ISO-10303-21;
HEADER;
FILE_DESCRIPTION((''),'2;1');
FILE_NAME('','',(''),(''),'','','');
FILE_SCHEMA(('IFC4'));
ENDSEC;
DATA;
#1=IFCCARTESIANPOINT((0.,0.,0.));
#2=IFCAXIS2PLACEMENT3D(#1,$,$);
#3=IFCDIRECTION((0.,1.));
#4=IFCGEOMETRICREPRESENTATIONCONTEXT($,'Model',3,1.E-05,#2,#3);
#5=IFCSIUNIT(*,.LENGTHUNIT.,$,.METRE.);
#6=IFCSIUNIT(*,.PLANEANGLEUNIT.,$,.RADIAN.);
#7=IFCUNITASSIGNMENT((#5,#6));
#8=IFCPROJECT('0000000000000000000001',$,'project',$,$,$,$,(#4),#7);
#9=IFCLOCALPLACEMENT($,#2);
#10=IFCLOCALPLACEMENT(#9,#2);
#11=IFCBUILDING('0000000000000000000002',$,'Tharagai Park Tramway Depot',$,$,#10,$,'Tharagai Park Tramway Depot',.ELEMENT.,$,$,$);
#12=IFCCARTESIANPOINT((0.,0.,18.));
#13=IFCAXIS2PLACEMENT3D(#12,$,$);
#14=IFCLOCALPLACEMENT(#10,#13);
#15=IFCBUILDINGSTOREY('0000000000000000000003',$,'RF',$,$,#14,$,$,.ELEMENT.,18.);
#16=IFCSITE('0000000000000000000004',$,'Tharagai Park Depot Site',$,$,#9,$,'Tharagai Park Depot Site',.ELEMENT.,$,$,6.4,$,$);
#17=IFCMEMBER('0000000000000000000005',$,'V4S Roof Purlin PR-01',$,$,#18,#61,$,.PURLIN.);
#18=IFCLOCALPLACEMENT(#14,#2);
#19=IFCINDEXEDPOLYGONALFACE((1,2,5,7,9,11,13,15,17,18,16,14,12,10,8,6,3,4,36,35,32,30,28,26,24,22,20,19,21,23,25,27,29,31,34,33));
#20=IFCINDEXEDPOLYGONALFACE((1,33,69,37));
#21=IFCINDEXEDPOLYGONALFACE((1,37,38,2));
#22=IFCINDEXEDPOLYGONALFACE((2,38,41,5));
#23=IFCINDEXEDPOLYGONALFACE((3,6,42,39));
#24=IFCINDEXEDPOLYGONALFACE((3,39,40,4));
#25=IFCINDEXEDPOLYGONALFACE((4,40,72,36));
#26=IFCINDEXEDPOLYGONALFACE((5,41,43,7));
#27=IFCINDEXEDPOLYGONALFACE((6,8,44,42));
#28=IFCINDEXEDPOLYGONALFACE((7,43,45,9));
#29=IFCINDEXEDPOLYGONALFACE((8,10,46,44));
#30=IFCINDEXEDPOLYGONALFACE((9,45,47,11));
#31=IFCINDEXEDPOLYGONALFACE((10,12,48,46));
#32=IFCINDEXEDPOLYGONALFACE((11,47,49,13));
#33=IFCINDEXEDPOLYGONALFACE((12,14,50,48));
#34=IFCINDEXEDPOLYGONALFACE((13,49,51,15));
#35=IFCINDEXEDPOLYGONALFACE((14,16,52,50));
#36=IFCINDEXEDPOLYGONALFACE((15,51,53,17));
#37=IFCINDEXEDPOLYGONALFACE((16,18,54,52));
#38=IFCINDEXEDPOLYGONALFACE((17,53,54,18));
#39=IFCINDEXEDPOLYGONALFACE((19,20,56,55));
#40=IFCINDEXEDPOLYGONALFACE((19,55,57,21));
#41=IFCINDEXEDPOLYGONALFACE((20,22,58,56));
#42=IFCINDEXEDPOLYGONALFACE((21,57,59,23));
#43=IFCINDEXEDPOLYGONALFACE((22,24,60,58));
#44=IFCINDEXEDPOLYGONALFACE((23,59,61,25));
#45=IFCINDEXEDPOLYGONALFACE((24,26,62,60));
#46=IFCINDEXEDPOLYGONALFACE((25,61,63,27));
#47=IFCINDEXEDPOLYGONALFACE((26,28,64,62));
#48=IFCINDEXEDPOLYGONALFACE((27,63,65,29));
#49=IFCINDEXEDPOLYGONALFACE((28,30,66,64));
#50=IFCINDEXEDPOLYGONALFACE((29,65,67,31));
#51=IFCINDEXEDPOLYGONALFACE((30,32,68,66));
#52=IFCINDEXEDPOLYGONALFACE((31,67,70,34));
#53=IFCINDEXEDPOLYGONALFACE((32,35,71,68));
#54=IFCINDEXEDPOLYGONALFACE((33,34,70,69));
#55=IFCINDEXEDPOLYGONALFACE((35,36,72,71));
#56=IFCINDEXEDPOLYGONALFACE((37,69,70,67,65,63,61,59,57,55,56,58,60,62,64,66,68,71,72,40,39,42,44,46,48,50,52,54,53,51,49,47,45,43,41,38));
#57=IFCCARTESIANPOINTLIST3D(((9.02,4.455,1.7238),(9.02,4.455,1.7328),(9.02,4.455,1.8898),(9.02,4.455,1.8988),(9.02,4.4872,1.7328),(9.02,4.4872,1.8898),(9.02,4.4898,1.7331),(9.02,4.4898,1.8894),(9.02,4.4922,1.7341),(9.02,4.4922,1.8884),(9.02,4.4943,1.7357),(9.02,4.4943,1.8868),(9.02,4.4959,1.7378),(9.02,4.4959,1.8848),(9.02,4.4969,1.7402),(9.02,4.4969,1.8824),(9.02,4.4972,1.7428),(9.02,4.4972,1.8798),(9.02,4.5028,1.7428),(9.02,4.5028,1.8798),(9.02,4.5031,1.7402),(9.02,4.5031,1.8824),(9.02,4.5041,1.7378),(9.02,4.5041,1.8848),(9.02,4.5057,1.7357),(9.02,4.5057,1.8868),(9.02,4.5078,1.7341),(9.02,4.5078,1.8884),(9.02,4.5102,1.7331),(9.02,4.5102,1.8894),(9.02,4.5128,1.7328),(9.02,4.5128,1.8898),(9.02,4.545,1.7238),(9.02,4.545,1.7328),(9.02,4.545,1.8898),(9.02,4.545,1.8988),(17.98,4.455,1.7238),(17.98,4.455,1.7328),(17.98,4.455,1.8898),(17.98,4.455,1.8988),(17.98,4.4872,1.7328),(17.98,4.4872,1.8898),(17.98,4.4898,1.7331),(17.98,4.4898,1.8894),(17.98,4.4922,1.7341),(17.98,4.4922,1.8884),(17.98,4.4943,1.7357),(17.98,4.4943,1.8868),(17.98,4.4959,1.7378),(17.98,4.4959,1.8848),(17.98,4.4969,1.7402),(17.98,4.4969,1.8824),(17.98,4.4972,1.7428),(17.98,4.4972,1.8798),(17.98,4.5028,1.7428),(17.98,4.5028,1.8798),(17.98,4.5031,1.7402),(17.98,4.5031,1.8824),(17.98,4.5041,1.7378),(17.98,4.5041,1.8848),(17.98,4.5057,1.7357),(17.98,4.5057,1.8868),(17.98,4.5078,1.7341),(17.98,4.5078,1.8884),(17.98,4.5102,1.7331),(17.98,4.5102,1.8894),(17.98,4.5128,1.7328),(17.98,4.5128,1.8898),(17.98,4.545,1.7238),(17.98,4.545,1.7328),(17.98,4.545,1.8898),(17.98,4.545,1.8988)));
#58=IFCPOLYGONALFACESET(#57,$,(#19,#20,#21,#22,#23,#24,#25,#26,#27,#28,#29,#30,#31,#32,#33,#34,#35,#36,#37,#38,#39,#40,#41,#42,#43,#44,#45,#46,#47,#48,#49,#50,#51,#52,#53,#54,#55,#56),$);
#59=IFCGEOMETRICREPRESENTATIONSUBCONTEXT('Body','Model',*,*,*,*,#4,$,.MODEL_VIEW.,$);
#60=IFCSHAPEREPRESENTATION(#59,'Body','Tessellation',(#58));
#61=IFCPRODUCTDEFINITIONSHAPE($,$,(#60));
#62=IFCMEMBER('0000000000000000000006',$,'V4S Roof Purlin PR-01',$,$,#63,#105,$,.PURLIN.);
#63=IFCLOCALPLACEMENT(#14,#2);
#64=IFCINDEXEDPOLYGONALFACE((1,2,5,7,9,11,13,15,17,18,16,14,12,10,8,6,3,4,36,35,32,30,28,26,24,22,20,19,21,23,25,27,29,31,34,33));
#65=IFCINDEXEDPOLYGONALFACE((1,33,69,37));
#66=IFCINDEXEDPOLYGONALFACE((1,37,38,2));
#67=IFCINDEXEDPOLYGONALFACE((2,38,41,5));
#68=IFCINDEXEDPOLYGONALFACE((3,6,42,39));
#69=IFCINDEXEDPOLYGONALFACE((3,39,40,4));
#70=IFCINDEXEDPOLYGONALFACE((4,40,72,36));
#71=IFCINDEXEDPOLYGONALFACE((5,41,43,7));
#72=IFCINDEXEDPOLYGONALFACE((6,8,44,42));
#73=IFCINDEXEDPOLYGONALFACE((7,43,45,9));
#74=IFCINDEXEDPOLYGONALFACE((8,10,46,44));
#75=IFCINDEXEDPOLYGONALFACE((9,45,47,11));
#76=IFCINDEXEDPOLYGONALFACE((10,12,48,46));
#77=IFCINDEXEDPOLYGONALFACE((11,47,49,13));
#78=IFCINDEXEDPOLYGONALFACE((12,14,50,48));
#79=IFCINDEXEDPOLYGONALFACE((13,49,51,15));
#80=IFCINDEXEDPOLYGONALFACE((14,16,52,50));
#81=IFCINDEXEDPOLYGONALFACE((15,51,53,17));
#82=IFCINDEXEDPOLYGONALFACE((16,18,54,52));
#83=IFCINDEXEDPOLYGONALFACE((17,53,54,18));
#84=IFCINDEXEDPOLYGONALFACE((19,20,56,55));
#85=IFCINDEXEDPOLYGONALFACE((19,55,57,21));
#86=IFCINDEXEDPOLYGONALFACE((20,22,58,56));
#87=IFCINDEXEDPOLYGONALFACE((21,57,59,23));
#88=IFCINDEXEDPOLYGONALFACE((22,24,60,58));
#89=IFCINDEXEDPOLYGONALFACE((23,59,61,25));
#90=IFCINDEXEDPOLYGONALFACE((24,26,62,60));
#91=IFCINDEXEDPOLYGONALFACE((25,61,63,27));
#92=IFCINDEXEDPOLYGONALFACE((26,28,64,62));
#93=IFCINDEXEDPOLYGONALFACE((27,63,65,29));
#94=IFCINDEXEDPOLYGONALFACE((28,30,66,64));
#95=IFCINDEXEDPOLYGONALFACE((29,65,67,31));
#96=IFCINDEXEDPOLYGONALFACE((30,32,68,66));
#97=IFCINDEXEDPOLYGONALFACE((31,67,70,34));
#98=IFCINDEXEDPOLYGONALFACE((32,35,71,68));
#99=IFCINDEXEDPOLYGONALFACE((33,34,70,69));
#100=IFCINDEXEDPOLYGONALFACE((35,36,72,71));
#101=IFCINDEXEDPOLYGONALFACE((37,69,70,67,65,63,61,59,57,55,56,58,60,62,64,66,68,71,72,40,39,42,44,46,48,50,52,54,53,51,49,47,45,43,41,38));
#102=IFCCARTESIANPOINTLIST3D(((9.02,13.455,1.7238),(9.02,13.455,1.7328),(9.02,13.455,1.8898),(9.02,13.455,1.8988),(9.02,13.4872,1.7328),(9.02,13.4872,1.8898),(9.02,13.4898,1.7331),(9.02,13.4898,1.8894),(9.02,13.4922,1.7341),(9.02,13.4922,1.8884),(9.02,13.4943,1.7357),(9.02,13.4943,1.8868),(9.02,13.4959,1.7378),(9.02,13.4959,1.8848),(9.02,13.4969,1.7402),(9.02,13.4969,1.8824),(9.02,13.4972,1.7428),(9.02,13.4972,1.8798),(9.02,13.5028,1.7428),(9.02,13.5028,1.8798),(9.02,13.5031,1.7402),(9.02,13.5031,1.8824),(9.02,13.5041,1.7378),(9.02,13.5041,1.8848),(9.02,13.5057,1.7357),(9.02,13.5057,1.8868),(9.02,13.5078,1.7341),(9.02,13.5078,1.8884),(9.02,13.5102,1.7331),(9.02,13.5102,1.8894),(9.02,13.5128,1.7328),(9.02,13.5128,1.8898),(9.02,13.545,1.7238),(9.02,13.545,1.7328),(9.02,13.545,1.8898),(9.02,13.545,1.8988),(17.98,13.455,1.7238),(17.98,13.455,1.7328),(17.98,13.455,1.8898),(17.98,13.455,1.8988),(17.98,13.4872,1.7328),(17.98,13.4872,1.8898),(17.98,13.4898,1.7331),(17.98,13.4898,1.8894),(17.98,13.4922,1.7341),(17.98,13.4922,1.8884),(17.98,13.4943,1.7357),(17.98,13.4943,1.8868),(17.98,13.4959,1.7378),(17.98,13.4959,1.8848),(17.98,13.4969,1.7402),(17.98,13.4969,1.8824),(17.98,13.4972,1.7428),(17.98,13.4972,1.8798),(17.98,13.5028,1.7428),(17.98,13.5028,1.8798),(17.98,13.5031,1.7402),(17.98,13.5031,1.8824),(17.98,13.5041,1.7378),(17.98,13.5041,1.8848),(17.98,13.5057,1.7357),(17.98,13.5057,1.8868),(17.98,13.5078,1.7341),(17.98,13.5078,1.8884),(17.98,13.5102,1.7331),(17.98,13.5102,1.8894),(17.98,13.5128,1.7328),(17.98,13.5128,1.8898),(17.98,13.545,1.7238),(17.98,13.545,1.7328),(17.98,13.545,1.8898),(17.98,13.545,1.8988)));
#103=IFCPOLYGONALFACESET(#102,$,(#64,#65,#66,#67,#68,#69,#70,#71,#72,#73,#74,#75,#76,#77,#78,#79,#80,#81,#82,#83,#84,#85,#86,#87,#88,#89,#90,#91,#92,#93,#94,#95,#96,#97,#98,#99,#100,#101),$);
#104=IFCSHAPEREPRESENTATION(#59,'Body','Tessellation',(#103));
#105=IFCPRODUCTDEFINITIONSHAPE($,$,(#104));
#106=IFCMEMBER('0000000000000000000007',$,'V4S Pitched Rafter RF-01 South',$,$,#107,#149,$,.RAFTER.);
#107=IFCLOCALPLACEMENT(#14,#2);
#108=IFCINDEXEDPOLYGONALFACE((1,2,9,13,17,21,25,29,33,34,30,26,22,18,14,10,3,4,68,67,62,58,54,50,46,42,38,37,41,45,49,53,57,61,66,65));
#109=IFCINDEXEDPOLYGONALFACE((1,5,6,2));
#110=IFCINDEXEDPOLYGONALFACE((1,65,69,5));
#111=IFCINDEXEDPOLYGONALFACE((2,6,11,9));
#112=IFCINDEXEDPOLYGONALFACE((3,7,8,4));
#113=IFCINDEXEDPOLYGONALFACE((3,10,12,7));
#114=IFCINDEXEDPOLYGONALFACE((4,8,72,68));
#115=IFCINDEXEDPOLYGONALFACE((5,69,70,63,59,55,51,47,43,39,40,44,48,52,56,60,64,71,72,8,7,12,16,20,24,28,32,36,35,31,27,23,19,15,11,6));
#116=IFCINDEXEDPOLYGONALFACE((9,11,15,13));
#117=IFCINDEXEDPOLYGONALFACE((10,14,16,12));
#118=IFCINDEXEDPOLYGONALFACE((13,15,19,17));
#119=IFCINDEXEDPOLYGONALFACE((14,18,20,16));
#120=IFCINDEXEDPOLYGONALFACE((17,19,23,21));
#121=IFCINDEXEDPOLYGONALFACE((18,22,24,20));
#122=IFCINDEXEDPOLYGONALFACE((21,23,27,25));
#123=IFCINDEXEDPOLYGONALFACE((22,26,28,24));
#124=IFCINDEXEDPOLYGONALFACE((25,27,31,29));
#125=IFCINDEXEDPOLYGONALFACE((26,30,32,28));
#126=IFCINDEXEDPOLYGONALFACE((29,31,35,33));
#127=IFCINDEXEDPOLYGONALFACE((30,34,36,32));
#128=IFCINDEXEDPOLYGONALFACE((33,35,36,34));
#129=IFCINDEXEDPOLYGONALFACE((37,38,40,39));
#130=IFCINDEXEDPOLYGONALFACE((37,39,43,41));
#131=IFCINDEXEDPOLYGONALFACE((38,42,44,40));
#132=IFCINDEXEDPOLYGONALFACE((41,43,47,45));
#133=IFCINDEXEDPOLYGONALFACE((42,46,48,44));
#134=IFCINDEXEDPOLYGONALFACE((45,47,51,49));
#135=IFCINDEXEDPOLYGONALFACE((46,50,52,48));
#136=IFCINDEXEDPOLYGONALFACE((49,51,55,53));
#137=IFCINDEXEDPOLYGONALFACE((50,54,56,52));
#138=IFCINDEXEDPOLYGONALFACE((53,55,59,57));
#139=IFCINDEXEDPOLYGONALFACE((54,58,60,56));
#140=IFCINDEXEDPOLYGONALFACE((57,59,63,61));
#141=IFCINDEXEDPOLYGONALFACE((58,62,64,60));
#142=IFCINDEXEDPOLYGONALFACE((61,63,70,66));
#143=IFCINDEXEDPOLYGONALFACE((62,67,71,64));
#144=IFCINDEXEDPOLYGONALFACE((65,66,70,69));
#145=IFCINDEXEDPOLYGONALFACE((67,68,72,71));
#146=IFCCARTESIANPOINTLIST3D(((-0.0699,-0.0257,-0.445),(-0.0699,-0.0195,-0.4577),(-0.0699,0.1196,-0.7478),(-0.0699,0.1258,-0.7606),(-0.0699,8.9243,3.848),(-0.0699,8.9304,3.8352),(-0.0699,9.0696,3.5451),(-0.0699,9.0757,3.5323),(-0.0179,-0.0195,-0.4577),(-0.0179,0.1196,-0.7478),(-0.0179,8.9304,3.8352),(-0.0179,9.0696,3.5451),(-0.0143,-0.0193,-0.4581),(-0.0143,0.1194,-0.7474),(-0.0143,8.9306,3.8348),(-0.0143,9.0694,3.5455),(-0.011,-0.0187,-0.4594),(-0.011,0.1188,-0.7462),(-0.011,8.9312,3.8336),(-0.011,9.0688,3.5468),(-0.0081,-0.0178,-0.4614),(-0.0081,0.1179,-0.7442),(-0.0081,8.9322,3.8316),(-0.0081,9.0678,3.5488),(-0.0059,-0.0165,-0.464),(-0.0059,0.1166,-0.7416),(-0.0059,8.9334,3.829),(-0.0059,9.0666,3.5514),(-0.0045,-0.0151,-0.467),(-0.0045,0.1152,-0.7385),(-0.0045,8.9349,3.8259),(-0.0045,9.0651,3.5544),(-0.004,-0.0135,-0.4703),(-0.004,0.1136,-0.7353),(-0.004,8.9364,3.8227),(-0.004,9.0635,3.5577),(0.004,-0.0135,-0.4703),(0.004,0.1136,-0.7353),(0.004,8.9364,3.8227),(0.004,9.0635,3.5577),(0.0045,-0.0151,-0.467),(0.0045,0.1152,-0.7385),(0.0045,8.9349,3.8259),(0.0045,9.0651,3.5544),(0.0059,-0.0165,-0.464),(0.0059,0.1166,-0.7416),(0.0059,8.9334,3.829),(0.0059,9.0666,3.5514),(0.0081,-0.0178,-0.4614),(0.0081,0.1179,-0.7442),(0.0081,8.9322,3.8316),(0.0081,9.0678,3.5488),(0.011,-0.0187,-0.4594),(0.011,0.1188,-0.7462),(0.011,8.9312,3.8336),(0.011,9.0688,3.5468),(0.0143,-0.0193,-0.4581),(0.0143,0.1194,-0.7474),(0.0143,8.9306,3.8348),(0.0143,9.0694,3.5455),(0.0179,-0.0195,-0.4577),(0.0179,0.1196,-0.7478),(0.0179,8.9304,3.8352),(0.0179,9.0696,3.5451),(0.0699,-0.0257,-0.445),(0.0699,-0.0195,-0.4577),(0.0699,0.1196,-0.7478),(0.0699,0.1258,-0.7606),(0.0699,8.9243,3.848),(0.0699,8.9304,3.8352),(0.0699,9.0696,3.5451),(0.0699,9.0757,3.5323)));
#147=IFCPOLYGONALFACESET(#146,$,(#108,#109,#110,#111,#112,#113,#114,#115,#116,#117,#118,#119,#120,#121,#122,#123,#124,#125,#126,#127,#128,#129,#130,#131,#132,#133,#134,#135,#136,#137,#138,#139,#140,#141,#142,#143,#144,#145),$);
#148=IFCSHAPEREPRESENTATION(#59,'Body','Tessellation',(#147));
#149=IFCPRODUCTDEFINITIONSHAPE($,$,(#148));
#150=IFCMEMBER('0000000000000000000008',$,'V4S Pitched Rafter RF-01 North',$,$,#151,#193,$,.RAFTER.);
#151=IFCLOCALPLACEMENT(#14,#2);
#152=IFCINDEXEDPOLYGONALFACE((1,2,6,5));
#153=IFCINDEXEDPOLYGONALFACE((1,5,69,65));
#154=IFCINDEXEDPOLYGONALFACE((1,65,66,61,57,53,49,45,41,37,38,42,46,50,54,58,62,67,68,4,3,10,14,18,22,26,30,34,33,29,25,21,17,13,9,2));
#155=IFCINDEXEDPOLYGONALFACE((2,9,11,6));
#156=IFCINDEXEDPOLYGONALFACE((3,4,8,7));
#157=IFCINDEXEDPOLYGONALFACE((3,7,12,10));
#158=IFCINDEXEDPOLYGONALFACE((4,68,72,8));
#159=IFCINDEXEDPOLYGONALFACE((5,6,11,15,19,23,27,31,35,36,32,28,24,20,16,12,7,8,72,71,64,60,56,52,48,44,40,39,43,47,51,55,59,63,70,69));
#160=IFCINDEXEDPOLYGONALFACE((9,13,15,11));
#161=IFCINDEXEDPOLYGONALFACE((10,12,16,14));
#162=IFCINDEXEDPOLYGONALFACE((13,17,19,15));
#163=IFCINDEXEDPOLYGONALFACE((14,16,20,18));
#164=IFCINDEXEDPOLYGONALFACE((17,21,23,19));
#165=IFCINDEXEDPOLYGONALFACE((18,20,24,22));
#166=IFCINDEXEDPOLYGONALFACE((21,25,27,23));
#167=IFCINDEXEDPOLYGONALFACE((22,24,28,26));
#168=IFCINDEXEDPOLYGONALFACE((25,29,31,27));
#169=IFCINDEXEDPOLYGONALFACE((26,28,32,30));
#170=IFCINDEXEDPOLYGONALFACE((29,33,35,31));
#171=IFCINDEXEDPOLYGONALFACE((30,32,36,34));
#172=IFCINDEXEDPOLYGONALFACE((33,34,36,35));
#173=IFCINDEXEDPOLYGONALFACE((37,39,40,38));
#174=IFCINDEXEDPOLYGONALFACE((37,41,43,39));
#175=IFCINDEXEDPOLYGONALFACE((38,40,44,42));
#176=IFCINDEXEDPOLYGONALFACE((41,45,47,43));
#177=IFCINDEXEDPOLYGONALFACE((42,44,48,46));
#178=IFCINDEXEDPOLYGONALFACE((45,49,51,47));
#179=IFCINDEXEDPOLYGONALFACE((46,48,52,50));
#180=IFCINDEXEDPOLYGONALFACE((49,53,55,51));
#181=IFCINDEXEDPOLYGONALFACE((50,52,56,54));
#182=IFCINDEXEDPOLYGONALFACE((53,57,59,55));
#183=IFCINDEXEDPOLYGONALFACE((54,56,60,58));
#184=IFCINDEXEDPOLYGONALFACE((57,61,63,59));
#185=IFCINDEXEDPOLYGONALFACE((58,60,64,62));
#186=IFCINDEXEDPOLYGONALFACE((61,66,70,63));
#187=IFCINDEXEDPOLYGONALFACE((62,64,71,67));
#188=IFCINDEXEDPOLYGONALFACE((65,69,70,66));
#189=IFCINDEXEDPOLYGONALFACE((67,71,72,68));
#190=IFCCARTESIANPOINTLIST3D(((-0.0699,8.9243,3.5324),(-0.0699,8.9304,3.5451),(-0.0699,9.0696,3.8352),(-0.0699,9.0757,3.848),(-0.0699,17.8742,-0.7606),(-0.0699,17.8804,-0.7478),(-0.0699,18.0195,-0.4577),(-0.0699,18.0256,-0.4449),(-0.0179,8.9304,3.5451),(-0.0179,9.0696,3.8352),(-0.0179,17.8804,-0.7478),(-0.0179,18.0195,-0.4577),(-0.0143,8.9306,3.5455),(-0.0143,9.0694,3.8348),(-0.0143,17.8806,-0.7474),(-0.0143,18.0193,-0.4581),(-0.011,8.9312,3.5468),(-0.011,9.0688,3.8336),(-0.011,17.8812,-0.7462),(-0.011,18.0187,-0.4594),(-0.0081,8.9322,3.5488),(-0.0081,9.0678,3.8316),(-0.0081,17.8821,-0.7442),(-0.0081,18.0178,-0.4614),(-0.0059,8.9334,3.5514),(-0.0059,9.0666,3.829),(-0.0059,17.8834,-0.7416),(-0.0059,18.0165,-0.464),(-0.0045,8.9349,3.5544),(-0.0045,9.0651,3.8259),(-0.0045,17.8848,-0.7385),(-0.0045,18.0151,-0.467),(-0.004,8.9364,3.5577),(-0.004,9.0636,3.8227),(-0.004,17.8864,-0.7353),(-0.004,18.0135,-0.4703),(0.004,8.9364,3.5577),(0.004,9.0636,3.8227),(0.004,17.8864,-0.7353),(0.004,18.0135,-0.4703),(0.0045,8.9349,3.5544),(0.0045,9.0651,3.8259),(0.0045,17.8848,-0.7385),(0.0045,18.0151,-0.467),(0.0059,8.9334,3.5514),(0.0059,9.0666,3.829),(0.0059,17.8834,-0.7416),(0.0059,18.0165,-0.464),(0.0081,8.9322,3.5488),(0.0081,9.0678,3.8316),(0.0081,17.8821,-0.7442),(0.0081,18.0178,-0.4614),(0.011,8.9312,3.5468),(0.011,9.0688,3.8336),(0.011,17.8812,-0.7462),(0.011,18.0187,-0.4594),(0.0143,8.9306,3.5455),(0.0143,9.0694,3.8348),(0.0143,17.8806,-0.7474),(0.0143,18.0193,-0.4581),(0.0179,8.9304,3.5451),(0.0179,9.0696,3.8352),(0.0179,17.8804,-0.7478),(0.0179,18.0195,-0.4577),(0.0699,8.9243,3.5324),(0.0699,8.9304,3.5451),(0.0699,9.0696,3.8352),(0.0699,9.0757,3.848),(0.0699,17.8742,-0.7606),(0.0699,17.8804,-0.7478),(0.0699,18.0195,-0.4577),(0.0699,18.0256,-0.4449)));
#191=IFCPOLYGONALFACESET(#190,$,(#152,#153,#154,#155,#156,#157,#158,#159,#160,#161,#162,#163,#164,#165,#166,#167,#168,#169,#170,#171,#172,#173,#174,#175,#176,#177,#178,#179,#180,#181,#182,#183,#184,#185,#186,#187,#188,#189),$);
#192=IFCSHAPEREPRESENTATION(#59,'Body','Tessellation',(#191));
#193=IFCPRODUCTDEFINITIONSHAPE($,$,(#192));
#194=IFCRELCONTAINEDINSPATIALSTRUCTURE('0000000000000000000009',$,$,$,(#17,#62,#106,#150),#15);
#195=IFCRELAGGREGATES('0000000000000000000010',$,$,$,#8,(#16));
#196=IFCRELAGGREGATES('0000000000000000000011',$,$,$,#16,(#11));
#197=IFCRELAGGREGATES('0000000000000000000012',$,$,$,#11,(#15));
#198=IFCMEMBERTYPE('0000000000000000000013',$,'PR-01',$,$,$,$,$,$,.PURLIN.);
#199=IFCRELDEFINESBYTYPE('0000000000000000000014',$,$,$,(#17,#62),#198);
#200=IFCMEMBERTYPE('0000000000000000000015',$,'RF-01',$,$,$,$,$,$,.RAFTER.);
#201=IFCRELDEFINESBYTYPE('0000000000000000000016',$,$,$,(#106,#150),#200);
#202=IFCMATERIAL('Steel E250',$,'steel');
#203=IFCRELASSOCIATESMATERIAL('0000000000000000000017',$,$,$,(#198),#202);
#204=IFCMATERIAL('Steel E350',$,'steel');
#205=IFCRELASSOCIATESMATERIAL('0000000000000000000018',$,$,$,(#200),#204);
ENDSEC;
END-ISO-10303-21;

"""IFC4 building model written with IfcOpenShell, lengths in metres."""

from ifc_helpers import new_model, si_unit, direction, frame, origin, origin_2d, place, context, subcontext, project, spatial, i_section, extrude, material, material_profile, profile_set, type_object, element, save


model = new_model("IFC4")

# Units and contexts
model_context = context("Model", 3, precision=1e-05, world=origin(), true_north=direction((0.0, 1.0)))
body_context = subcontext(model_context, "Body", "Model", "MODEL_VIEW")
ifc_project = project(units=[si_unit("LENGTHUNIT", "METRE"), si_unit("PLANEANGLEUNIT", "RADIAN")], contexts=[model_context])

# Site, building, storey
site_placement = place(None, origin())
site = spatial("IfcSite", under=ifc_project, at=site_placement, Name="Tharagai Park Depot Site", LongName="Tharagai Park Depot Site", CompositionType="ELEMENT", RefElevation=6.4)
building_placement = place(site_placement, origin())
building = spatial("IfcBuilding", under=site, at=building_placement, Name="Tharagai Park Tramway Depot", LongName="Tharagai Park Tramway Depot", CompositionType="ELEMENT")
storey_placement = place(building_placement, frame((0.0, 0.0, 18.0)))
storey = spatial("IfcBuildingStorey", under=building, at=storey_placement, Name="RF", CompositionType="ELEMENT", Elevation=18.0)

# Shared definitions
ifc_material_1 = material(Name="Steel E350", Category="steel")

# Members
ifc_material_2 = material(Name="Steel E250", Category="steel")
ifc_material_profile_1 = material_profile(ifc_material_2, i_section(OverallWidth=0.0901, OverallDepth=0.175, WebThickness=0.0056, FlangeThickness=0.009, FilletRadius=0.01, at=origin_2d()), Name="ISMB 175")
ifc_profile_set_1 = profile_set([ifc_material_profile_1], Name="Steel E250")
member_type_1 = type_object("IfcMemberType", Name="PR-01", PredefinedType="PURLIN", material=ifc_profile_set_1)
for number, where, z_axis, x_axis, name in (
    (1, (9.02, 4.5, 1.8113), (1.0, 0.0, 0.0), (0.0, 1.0, 0.0), "V4S Roof Purlin PR-01"),
    (2, (9.02, 13.5, 1.8113), (1.0, 0.0, 0.0), (0.0, 1.0, 0.0), "V4S Roof Purlin PR-01"),
):
    element("IfcMember", number, at=place(storey_placement, frame(where, z_axis=z_axis, x_axis=x_axis)), inside=storey, type_object=member_type_1, Name=name, PredefinedType="PURLIN", context=body_context, shape_type="SweptSolid", body=[
        extrude(i_section(OverallWidth=0.0901, OverallDepth=0.175, WebThickness=0.0056, FlangeThickness=0.009, FilletRadius=0.01, at=origin_2d()), origin(), (0.0, 0.0, 1.0), 8.96),
    ])
ifc_material_profile_2 = material_profile(ifc_material_1, i_section(OverallWidth=0.1399, OverallDepth=0.3501, WebThickness=0.0081, FlangeThickness=0.0142, FilletRadius=0.0139, at=origin_2d()), Name="ISMB 350")
ifc_profile_set_2 = profile_set([ifc_material_profile_2], Name="Steel E350")
member_type_2 = type_object("IfcMemberType", Name="RF-01", PredefinedType="RAFTER", material=ifc_profile_set_2)
for number, where, z_axis, x_axis, name in (
    (3, (0.0, 0.05, -0.6028), (0.0, 0.901641, 0.432485), (-1.0, 0.0, 0.0), "V4S Pitched Rafter RF-01 South"),
    (4, (0.0, 9.0, 3.6902), (0.0, 0.901641, -0.432485), (-1.0, 0.0, 0.0), "V4S Pitched Rafter RF-01 North"),
):
    element("IfcMember", number, at=place(storey_placement, frame(where, z_axis=z_axis, x_axis=x_axis)), inside=storey, type_object=member_type_2, Name=name, PredefinedType="RAFTER", context=body_context, shape_type="SweptSolid", body=[
        extrude(i_section(OverallWidth=0.1399, OverallDepth=0.3501, WebThickness=0.0081, FlangeThickness=0.0142, FilletRadius=0.0139, at=origin_2d()), origin(), (0.0, 0.0, 1.0), 9.9263),
    ])

save(model, "model.ifc")
